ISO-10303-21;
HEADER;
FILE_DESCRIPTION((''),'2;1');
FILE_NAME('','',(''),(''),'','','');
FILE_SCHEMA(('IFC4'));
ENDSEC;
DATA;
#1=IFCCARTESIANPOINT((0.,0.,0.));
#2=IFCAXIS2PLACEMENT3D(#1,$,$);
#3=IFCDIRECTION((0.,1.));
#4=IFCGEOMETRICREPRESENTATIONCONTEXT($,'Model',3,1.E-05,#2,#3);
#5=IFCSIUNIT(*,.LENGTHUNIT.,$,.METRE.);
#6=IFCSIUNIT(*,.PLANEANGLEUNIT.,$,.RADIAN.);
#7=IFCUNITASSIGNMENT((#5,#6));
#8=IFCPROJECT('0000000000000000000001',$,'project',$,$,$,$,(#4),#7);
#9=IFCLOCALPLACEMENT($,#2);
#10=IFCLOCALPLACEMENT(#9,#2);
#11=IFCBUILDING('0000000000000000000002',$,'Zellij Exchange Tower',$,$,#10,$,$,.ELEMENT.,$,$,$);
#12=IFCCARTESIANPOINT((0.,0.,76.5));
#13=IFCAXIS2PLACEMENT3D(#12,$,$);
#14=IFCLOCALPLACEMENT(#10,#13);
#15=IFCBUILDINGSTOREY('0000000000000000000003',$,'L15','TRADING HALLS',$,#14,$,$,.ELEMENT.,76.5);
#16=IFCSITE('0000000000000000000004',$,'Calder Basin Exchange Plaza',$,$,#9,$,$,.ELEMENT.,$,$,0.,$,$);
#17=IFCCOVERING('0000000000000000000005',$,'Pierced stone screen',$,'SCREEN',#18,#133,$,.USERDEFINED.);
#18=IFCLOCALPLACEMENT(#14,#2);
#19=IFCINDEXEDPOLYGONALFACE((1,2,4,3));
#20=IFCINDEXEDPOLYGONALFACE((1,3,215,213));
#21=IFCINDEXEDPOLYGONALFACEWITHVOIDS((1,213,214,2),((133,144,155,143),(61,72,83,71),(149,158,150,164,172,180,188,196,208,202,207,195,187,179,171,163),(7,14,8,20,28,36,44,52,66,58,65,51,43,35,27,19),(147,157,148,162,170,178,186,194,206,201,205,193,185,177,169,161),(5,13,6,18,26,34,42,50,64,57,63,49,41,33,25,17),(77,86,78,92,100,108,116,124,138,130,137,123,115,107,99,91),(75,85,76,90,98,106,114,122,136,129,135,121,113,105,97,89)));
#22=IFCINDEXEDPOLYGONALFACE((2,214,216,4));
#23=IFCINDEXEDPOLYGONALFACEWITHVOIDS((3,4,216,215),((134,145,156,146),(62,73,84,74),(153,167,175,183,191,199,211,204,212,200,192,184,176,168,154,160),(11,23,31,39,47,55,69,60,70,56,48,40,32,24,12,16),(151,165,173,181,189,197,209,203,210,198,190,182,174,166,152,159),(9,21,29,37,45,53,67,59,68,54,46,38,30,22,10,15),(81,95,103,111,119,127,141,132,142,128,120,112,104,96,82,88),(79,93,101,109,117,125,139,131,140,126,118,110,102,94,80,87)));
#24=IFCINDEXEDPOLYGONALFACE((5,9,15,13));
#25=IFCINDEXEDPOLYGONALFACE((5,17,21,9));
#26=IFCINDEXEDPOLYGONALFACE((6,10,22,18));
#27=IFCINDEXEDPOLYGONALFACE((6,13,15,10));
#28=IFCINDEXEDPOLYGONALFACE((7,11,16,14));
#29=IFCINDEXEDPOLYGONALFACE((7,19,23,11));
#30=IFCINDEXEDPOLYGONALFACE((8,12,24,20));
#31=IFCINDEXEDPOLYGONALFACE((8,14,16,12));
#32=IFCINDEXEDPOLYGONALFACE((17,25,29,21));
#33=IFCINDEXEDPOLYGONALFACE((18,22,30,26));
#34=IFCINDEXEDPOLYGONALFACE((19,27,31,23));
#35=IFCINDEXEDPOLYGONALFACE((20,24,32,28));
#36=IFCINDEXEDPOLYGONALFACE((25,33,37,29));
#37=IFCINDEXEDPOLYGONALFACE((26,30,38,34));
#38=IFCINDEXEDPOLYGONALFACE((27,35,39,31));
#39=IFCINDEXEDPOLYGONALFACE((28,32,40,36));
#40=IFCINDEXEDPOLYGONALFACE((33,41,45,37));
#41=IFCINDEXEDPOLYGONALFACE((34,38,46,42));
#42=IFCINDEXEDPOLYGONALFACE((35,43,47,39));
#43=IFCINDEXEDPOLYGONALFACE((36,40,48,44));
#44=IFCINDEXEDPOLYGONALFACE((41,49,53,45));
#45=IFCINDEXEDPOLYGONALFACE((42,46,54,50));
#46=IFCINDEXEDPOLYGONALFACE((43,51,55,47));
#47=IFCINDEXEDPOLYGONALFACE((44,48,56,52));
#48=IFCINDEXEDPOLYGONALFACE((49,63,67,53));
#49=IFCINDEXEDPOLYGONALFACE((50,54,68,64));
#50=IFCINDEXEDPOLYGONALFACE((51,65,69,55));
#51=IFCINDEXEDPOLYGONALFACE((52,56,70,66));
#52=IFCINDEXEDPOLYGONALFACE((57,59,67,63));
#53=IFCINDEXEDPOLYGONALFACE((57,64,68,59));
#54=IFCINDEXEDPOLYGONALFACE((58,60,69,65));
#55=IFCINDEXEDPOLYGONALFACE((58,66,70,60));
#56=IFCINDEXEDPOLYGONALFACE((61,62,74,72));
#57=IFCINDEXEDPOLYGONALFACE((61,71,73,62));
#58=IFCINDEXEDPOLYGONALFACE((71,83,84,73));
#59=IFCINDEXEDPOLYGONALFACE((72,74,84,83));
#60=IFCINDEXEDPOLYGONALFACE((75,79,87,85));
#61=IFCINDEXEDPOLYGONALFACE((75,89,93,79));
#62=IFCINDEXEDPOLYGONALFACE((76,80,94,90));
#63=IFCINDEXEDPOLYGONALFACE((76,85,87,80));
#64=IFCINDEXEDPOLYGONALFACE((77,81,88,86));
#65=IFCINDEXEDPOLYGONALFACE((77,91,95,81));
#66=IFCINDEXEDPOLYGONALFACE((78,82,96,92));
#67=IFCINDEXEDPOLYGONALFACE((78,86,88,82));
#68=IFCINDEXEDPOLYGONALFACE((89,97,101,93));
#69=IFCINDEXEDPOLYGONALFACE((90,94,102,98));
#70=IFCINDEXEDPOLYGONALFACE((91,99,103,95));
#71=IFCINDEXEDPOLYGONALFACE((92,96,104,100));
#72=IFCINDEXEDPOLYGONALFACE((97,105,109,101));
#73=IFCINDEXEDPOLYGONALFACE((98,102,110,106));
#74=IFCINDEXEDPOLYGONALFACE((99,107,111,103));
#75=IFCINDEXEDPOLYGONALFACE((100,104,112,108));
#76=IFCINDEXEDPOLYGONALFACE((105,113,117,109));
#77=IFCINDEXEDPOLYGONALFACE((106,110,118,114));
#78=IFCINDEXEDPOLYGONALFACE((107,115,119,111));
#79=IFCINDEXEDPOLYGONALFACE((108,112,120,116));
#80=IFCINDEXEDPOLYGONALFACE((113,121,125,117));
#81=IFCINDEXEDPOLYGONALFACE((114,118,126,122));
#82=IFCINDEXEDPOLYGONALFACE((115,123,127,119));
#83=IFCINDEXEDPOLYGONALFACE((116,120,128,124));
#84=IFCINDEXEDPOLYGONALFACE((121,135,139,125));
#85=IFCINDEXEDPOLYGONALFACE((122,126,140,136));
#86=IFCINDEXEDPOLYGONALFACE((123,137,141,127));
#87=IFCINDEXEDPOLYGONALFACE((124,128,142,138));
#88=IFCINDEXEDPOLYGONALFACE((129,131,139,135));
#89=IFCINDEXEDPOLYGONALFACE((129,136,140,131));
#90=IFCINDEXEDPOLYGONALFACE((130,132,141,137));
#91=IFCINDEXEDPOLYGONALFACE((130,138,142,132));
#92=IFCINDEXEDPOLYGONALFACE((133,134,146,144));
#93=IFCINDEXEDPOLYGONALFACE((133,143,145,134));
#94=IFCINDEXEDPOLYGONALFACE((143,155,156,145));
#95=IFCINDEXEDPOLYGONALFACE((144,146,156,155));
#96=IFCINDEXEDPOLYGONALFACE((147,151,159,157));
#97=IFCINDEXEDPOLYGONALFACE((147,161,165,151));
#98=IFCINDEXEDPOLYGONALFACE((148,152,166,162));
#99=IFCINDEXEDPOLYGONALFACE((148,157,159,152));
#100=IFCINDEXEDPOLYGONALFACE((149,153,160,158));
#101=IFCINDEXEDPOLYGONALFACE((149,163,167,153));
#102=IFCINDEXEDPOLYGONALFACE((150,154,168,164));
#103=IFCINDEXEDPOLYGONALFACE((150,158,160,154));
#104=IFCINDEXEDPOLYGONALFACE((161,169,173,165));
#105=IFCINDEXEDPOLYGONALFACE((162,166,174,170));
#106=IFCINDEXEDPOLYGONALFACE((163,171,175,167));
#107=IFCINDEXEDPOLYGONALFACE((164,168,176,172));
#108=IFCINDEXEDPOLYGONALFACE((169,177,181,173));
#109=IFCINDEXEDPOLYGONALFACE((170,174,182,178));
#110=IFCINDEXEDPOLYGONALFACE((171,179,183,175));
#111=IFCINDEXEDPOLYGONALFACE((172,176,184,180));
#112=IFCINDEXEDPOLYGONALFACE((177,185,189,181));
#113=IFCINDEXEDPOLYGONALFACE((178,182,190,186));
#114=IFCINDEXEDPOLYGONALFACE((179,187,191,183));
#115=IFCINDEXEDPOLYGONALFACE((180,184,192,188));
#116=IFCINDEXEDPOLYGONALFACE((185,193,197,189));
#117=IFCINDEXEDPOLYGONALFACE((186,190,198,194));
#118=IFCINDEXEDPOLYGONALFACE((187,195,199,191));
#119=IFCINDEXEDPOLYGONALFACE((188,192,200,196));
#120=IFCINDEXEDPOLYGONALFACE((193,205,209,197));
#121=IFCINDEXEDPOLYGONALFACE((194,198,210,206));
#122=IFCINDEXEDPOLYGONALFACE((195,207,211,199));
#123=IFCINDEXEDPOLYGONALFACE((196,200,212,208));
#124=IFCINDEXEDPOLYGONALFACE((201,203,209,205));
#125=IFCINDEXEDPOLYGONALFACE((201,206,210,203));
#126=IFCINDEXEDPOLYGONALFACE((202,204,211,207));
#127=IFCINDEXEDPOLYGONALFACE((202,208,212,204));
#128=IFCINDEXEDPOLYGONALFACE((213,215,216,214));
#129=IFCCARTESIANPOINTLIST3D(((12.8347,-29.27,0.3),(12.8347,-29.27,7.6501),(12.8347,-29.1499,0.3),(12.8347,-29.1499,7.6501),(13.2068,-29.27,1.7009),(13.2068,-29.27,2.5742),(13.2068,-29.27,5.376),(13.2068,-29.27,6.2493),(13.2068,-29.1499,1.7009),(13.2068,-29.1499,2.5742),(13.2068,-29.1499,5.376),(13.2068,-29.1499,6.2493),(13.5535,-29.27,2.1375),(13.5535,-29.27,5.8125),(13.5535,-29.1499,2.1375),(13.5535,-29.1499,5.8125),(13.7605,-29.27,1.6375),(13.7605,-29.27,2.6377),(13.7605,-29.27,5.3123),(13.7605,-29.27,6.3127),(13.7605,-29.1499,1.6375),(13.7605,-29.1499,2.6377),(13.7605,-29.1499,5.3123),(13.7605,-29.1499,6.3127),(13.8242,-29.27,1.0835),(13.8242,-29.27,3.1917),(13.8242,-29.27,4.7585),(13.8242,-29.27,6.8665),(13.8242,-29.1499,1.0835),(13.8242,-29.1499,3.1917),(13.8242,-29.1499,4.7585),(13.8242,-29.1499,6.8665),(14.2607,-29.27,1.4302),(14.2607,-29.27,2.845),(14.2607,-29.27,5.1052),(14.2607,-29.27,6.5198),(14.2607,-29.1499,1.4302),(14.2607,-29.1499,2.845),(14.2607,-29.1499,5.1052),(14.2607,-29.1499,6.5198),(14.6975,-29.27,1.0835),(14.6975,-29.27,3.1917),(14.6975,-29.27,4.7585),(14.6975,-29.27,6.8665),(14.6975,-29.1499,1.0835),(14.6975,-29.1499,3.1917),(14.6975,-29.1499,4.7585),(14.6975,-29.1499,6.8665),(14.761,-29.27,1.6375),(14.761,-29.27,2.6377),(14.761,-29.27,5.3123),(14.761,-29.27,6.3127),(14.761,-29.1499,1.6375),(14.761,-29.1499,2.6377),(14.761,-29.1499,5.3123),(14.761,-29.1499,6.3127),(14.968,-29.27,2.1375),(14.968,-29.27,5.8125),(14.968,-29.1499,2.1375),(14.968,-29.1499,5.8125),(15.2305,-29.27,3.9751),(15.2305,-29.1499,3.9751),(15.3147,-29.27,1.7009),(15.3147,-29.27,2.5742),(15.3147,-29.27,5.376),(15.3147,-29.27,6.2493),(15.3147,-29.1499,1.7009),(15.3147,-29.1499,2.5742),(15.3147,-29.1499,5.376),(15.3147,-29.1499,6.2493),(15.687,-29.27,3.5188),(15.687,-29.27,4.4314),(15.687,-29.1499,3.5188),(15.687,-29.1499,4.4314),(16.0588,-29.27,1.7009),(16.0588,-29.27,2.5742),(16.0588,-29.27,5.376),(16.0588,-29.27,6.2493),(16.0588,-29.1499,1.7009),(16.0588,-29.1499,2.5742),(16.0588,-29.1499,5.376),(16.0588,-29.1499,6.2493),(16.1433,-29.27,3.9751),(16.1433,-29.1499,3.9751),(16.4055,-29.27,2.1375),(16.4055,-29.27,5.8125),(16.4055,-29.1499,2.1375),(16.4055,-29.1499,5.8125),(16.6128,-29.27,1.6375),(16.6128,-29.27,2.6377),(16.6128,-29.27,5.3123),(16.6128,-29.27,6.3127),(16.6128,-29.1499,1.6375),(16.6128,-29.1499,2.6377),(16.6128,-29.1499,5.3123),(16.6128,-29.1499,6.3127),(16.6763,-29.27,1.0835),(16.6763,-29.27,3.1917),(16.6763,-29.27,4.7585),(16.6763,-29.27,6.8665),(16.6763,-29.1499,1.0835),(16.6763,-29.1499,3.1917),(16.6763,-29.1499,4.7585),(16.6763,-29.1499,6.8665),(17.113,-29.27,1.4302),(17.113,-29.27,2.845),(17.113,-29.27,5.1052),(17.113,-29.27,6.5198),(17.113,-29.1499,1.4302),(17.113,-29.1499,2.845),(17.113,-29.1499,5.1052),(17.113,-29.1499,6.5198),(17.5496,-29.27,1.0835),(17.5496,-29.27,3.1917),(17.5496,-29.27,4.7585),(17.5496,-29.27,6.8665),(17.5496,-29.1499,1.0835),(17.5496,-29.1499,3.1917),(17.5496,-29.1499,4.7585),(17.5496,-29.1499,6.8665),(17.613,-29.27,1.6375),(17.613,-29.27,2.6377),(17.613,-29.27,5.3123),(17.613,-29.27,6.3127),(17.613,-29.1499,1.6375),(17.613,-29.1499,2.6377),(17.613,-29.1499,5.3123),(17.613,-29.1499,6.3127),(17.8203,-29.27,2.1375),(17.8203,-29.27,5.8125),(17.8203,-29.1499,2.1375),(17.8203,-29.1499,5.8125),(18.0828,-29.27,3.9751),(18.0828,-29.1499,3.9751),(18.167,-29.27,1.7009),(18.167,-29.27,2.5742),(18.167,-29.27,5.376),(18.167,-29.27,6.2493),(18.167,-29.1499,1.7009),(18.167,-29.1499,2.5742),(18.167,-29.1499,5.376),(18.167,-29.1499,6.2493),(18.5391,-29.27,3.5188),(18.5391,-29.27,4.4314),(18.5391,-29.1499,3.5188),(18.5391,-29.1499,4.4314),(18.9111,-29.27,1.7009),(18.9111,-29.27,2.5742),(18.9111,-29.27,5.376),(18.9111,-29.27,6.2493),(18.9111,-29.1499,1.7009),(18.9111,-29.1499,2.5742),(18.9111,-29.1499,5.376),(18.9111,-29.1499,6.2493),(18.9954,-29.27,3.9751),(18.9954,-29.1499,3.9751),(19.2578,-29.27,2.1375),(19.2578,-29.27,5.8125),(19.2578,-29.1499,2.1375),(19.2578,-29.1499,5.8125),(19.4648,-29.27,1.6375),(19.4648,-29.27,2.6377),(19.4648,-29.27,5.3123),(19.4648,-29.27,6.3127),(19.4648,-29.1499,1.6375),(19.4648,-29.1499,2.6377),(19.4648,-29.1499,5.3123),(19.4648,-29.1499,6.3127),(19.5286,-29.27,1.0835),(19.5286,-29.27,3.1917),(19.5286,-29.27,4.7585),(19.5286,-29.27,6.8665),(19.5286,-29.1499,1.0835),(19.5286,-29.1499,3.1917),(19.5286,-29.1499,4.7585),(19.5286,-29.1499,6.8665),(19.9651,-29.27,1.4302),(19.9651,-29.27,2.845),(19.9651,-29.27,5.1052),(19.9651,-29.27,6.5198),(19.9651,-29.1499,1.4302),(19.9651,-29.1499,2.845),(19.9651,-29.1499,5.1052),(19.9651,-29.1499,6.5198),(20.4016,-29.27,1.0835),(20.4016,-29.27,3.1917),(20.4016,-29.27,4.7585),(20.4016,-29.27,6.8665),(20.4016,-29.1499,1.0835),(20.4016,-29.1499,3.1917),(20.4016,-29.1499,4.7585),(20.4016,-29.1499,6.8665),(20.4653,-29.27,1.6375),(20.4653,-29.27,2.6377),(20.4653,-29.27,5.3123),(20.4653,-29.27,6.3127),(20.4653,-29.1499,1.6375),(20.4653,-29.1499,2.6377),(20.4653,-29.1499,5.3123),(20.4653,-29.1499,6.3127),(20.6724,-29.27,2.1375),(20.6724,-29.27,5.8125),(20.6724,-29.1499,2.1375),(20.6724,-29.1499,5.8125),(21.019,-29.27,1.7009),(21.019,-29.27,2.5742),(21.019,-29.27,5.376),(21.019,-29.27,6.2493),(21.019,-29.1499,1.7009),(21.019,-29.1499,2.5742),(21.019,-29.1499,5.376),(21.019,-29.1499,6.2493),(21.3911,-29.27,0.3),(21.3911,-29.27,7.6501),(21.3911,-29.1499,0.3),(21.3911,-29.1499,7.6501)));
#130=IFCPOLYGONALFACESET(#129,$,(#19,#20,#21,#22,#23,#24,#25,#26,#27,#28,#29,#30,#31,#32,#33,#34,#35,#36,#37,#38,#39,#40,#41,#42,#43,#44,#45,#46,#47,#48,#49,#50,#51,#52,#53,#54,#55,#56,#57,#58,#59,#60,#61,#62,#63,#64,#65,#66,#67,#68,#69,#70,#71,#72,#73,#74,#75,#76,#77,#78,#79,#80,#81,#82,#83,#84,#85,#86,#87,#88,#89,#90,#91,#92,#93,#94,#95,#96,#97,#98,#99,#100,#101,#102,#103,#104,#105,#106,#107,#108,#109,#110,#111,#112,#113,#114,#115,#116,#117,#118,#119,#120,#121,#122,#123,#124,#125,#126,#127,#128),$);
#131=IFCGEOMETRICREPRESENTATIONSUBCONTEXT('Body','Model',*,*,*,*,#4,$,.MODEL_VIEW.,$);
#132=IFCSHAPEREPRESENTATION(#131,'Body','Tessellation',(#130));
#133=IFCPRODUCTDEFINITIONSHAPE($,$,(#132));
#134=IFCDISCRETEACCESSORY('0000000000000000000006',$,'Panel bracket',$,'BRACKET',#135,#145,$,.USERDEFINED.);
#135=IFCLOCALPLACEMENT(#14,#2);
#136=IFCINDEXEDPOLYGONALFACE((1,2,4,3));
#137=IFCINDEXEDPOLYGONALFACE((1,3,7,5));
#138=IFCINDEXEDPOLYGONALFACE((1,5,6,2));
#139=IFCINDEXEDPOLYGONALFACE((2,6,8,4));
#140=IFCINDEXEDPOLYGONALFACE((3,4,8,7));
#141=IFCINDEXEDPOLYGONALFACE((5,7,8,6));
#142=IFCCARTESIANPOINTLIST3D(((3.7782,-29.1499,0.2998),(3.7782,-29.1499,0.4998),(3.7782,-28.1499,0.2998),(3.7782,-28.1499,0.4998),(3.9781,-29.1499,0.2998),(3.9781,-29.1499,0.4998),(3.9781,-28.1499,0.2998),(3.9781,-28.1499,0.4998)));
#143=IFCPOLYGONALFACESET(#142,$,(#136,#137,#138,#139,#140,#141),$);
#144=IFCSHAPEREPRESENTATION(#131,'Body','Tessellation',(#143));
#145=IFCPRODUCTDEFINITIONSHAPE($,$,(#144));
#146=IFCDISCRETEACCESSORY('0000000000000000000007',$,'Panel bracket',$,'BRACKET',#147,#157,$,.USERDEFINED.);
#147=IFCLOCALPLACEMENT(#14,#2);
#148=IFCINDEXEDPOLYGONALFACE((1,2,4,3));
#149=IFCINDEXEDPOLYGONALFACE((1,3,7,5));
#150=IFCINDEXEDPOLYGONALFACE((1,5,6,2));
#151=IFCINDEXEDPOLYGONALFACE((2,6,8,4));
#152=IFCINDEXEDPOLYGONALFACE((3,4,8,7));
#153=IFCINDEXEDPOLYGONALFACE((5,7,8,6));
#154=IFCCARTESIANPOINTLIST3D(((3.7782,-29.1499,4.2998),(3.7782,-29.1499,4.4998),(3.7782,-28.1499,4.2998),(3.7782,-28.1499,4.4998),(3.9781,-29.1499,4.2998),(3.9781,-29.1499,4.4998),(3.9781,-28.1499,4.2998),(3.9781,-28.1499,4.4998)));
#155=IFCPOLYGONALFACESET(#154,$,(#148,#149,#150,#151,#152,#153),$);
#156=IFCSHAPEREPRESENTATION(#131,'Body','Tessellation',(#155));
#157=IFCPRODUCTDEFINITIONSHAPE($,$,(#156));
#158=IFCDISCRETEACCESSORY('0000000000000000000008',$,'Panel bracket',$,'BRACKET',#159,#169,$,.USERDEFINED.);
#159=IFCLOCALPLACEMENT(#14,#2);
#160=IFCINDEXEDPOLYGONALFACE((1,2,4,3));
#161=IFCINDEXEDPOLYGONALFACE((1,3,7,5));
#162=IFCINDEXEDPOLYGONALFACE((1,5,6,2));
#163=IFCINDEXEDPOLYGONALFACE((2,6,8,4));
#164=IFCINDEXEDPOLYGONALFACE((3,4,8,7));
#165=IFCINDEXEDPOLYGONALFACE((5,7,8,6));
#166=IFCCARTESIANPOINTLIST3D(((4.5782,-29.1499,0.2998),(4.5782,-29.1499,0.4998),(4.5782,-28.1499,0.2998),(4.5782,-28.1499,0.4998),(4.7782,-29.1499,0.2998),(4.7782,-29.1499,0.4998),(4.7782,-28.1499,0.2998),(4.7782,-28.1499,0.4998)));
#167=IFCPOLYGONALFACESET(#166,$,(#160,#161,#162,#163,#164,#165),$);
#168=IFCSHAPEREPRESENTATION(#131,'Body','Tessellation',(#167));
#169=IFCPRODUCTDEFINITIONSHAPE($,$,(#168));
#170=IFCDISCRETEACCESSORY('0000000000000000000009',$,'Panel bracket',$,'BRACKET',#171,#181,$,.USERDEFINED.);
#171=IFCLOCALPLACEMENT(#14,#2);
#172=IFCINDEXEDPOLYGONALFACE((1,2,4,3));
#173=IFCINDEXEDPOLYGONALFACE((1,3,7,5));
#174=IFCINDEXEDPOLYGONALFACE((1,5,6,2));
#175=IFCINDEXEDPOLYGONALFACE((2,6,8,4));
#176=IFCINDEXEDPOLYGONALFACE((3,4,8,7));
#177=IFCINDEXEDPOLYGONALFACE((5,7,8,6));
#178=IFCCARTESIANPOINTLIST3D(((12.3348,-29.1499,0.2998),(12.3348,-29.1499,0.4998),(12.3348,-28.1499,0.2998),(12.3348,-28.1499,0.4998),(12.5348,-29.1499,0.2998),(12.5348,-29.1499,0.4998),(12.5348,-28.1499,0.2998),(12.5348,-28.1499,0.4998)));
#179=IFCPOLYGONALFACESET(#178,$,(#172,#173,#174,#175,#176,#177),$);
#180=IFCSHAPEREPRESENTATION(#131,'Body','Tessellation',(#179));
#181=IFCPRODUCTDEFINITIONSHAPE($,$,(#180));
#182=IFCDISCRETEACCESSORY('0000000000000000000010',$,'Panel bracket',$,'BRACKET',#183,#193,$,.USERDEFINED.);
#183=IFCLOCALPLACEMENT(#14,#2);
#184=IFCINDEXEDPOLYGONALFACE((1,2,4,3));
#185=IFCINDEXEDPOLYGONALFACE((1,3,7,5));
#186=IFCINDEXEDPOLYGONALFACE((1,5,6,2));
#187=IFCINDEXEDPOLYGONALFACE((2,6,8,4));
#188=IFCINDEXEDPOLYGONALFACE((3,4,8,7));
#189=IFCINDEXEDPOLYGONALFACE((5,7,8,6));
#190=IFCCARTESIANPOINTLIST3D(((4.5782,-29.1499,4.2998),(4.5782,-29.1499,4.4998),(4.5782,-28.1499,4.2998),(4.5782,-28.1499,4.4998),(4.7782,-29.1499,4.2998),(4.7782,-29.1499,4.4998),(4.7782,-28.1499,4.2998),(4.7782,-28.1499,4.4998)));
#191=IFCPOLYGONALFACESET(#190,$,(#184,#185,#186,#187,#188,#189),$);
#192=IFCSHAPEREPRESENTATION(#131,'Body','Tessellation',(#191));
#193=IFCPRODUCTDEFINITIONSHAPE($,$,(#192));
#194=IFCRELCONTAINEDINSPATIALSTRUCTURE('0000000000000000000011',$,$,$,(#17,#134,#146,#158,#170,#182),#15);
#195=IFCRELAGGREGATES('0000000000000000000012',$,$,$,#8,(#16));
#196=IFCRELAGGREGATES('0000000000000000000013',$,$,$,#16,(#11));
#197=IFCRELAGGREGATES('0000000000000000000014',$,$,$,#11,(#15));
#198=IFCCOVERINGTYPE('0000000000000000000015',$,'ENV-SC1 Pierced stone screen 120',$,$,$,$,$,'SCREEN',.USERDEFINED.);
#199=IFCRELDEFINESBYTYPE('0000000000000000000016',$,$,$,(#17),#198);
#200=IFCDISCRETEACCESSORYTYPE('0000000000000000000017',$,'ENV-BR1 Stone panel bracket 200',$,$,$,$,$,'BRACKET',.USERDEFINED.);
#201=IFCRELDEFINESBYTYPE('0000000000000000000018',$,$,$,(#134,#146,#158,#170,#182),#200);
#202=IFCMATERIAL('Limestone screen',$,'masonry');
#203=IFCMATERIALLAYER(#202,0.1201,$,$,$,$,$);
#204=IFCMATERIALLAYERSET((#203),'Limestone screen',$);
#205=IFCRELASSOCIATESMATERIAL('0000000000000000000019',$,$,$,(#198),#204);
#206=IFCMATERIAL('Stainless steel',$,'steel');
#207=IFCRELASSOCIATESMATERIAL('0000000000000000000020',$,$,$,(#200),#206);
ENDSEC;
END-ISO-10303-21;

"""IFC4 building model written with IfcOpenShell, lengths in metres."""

from ifc_helpers import new_model, si_unit, direction, frame, origin, origin_2d, place, context, subcontext, project, spatial, polyline, rectangle, outline, extrude, material, layer, layer_set, type_object, element, save


model = new_model("IFC4")

# Units and contexts
model_context = context("Model", 3, precision=1e-05, world=origin(), true_north=direction((0.0, 1.0)))
body_context = subcontext(model_context, "Body", "Model", "MODEL_VIEW")
ifc_project = project(units=[si_unit("LENGTHUNIT", "METRE"), si_unit("PLANEANGLEUNIT", "RADIAN")], contexts=[model_context])

# Site, building, storey
site_placement = place(None, origin())
site = spatial("IfcSite", under=ifc_project, at=site_placement, Name="Calder Basin Exchange Plaza", CompositionType="ELEMENT", RefElevation=0.0)
building_placement = place(site_placement, origin())
building = spatial("IfcBuilding", under=site, at=building_placement, Name="Zellij Exchange Tower", CompositionType="ELEMENT")
storey_placement = place(building_placement, frame((0.0, 0.0, 76.5)))
storey = spatial("IfcBuildingStorey", under=building, at=storey_placement, Name="L15", Description="TRADING HALLS", CompositionType="ELEMENT", Elevation=76.5)

# Covering
ifc_material_1 = material(Name="Limestone screen", Category="masonry")
ifc_layer_1 = layer(ifc_material_1, 0.1201)
ifc_layer_set_1 = layer_set([ifc_layer_1], Name="Limestone screen")
covering_type = type_object("IfcCoveringType", Name="ENV-SC1 Pierced stone screen 120", ElementType="SCREEN", PredefinedType="USERDEFINED", material=ifc_layer_set_1)
covering_1_placement = place(storey_placement, frame((12.8347, -29.21, 0.3), z_axis=(0.0, 0.0, 1.0), x_axis=(1.0, 0.0, 0.0)))
element("IfcCovering", 1, at=covering_1_placement, inside=storey, type_object=covering_type, Name="Pierced stone screen", ObjectType="SCREEN", PredefinedType="USERDEFINED", context=body_context, shape_type="SweptSolid", body=[
    extrude(outline(polyline([(0.0, 0.0), (8.5564, 0.0), (8.5564, 7.3501), (0.0, 7.3501), (0.0, 0.0)]), holes=[polyline([(2.48, 2.2742), (1.9263, 2.3376), (1.8628, 2.8916), (1.426, 2.5449), (0.9895, 2.8916), (0.9258, 2.3376), (0.3721, 2.2742), (0.7188, 1.8374), (0.3721, 1.4009), (0.9258, 1.3374), (0.9895, 0.7834), (1.426, 1.1301), (1.8628, 0.7834), (1.9263, 1.3374), (2.48, 1.4009), (2.1333, 1.8374), (2.48, 2.2742)]), polyline([(2.48, 5.9492), (1.9263, 6.0127), (1.8628, 6.5664), (1.426, 6.2197), (0.9895, 6.5664), (0.9258, 6.0127), (0.3721, 5.9492), (0.7188, 5.5125), (0.3721, 5.0759), (0.9258, 5.0122), (0.9895, 4.4585), (1.426, 4.8052), (1.8628, 4.4585), (1.9263, 5.0122), (2.48, 5.0759), (2.1333, 5.5125), (2.48, 5.9492)]), polyline([(5.3323, 2.2742), (4.7783, 2.3376), (4.7148, 2.8916), (4.2783, 2.5449), (3.8416, 2.8916), (3.7781, 2.3376), (3.2241, 2.2742), (3.5708, 1.8374), (3.2241, 1.4009), (3.7781, 1.3374), (3.8416, 0.7834), (4.2783, 1.1301), (4.7148, 0.7834), (4.7783, 1.3374), (5.3323, 1.4009), (4.9856, 1.8374), (5.3323, 2.2742)]), polyline([(5.3323, 5.9492), (4.7783, 6.0127), (4.7148, 6.5664), (4.2783, 6.2197), (3.8416, 6.5664), (3.7781, 6.0127), (3.2241, 5.9492), (3.5708, 5.5125), (3.2241, 5.0759), (3.7781, 5.0122), (3.8416, 4.4585), (4.2783, 4.8052), (4.7148, 4.4585), (4.7783, 5.0122), (5.3323, 5.0759), (4.9856, 5.5125), (5.3323, 5.9492)]), polyline([(8.1843, 2.2742), (7.6306, 2.3376), (7.5669, 2.8916), (7.1304, 2.5449), (6.6938, 2.8916), (6.6301, 2.3376), (6.0764, 2.2742), (6.4231, 1.8374), (6.0764, 1.4009), (6.6301, 1.3374), (6.6938, 0.7834), (7.1304, 1.1301), (7.5669, 0.7834), (7.6306, 1.3374), (8.1843, 1.4009), (7.8376, 1.8374), (8.1843, 2.2742)]), polyline([(8.1843, 5.9492), (7.6306, 6.0127), (7.5669, 6.5664), (7.1304, 6.2197), (6.6938, 6.5664), (6.6301, 6.0127), (6.0764, 5.9492), (6.4231, 5.5125), (6.0764, 5.0759), (6.6301, 5.0122), (6.6938, 4.4585), (7.1304, 4.8052), (7.5669, 4.4585), (7.6306, 5.0122), (8.1843, 5.0759), (7.8376, 5.5125), (8.1843, 5.9492)]), polyline([(3.3086, 3.675), (2.8523, 4.1313), (2.3958, 3.675), (2.8523, 3.2188), (3.3086, 3.675)]), polyline([(6.1606, 3.675), (5.7043, 4.1313), (5.248, 3.675), (5.7043, 3.2188), (6.1606, 3.675)])]), frame((0.0, 0.0601, 0.0), z_axis=(0.0, -1.0, 0.0), x_axis=(1.0, 0.0, 0.0)), (0.0, 0.0, 1.0), 0.1201),
])

# Discrete accessories
ifc_material_2 = material(Name="Stainless steel", Category="steel")
discrete_accessory_type = type_object("IfcDiscreteAccessoryType", Name="ENV-BR1 Stone panel bracket 200", ElementType="BRACKET", PredefinedType="USERDEFINED", material=ifc_material_2)
for number, where, z_axis, x_axis, name in (
    (2, (3.8782, -28.6499, 0.2998), (0.0, 0.0, 1.0), (1.0, 0.0, 0.0), "Panel bracket"),
    (3, (3.8782, -28.6499, 4.2998), (0.0, 0.0, 1.0), (1.0, 0.0, 0.0), "Panel bracket"),
    (4, (4.6782, -28.6499, 0.2998), (0.0, 0.0, 1.0), (1.0, 0.0, 0.0), "Panel bracket"),
    (5, (12.4348, -28.6499, 0.2998), (0.0, 0.0, 1.0), (1.0, 0.0, 0.0), "Panel bracket"),
    (6, (4.6782, -28.6499, 4.2998), (0.0, 0.0, 1.0), (1.0, 0.0, 0.0), "Panel bracket"),
):
    element("IfcDiscreteAccessory", number, at=place(storey_placement, frame(where, z_axis=z_axis, x_axis=x_axis)), inside=storey, type_object=discrete_accessory_type, Name=name, ObjectType="BRACKET", PredefinedType="USERDEFINED", context=body_context, shape_type="SweptSolid", body=[
        extrude(rectangle(XDim=0.2, YDim=1.0, at=origin_2d()), origin(), (0.0, 0.0, 1.0), 0.2),
    ])

save(model, "model.ifc")
